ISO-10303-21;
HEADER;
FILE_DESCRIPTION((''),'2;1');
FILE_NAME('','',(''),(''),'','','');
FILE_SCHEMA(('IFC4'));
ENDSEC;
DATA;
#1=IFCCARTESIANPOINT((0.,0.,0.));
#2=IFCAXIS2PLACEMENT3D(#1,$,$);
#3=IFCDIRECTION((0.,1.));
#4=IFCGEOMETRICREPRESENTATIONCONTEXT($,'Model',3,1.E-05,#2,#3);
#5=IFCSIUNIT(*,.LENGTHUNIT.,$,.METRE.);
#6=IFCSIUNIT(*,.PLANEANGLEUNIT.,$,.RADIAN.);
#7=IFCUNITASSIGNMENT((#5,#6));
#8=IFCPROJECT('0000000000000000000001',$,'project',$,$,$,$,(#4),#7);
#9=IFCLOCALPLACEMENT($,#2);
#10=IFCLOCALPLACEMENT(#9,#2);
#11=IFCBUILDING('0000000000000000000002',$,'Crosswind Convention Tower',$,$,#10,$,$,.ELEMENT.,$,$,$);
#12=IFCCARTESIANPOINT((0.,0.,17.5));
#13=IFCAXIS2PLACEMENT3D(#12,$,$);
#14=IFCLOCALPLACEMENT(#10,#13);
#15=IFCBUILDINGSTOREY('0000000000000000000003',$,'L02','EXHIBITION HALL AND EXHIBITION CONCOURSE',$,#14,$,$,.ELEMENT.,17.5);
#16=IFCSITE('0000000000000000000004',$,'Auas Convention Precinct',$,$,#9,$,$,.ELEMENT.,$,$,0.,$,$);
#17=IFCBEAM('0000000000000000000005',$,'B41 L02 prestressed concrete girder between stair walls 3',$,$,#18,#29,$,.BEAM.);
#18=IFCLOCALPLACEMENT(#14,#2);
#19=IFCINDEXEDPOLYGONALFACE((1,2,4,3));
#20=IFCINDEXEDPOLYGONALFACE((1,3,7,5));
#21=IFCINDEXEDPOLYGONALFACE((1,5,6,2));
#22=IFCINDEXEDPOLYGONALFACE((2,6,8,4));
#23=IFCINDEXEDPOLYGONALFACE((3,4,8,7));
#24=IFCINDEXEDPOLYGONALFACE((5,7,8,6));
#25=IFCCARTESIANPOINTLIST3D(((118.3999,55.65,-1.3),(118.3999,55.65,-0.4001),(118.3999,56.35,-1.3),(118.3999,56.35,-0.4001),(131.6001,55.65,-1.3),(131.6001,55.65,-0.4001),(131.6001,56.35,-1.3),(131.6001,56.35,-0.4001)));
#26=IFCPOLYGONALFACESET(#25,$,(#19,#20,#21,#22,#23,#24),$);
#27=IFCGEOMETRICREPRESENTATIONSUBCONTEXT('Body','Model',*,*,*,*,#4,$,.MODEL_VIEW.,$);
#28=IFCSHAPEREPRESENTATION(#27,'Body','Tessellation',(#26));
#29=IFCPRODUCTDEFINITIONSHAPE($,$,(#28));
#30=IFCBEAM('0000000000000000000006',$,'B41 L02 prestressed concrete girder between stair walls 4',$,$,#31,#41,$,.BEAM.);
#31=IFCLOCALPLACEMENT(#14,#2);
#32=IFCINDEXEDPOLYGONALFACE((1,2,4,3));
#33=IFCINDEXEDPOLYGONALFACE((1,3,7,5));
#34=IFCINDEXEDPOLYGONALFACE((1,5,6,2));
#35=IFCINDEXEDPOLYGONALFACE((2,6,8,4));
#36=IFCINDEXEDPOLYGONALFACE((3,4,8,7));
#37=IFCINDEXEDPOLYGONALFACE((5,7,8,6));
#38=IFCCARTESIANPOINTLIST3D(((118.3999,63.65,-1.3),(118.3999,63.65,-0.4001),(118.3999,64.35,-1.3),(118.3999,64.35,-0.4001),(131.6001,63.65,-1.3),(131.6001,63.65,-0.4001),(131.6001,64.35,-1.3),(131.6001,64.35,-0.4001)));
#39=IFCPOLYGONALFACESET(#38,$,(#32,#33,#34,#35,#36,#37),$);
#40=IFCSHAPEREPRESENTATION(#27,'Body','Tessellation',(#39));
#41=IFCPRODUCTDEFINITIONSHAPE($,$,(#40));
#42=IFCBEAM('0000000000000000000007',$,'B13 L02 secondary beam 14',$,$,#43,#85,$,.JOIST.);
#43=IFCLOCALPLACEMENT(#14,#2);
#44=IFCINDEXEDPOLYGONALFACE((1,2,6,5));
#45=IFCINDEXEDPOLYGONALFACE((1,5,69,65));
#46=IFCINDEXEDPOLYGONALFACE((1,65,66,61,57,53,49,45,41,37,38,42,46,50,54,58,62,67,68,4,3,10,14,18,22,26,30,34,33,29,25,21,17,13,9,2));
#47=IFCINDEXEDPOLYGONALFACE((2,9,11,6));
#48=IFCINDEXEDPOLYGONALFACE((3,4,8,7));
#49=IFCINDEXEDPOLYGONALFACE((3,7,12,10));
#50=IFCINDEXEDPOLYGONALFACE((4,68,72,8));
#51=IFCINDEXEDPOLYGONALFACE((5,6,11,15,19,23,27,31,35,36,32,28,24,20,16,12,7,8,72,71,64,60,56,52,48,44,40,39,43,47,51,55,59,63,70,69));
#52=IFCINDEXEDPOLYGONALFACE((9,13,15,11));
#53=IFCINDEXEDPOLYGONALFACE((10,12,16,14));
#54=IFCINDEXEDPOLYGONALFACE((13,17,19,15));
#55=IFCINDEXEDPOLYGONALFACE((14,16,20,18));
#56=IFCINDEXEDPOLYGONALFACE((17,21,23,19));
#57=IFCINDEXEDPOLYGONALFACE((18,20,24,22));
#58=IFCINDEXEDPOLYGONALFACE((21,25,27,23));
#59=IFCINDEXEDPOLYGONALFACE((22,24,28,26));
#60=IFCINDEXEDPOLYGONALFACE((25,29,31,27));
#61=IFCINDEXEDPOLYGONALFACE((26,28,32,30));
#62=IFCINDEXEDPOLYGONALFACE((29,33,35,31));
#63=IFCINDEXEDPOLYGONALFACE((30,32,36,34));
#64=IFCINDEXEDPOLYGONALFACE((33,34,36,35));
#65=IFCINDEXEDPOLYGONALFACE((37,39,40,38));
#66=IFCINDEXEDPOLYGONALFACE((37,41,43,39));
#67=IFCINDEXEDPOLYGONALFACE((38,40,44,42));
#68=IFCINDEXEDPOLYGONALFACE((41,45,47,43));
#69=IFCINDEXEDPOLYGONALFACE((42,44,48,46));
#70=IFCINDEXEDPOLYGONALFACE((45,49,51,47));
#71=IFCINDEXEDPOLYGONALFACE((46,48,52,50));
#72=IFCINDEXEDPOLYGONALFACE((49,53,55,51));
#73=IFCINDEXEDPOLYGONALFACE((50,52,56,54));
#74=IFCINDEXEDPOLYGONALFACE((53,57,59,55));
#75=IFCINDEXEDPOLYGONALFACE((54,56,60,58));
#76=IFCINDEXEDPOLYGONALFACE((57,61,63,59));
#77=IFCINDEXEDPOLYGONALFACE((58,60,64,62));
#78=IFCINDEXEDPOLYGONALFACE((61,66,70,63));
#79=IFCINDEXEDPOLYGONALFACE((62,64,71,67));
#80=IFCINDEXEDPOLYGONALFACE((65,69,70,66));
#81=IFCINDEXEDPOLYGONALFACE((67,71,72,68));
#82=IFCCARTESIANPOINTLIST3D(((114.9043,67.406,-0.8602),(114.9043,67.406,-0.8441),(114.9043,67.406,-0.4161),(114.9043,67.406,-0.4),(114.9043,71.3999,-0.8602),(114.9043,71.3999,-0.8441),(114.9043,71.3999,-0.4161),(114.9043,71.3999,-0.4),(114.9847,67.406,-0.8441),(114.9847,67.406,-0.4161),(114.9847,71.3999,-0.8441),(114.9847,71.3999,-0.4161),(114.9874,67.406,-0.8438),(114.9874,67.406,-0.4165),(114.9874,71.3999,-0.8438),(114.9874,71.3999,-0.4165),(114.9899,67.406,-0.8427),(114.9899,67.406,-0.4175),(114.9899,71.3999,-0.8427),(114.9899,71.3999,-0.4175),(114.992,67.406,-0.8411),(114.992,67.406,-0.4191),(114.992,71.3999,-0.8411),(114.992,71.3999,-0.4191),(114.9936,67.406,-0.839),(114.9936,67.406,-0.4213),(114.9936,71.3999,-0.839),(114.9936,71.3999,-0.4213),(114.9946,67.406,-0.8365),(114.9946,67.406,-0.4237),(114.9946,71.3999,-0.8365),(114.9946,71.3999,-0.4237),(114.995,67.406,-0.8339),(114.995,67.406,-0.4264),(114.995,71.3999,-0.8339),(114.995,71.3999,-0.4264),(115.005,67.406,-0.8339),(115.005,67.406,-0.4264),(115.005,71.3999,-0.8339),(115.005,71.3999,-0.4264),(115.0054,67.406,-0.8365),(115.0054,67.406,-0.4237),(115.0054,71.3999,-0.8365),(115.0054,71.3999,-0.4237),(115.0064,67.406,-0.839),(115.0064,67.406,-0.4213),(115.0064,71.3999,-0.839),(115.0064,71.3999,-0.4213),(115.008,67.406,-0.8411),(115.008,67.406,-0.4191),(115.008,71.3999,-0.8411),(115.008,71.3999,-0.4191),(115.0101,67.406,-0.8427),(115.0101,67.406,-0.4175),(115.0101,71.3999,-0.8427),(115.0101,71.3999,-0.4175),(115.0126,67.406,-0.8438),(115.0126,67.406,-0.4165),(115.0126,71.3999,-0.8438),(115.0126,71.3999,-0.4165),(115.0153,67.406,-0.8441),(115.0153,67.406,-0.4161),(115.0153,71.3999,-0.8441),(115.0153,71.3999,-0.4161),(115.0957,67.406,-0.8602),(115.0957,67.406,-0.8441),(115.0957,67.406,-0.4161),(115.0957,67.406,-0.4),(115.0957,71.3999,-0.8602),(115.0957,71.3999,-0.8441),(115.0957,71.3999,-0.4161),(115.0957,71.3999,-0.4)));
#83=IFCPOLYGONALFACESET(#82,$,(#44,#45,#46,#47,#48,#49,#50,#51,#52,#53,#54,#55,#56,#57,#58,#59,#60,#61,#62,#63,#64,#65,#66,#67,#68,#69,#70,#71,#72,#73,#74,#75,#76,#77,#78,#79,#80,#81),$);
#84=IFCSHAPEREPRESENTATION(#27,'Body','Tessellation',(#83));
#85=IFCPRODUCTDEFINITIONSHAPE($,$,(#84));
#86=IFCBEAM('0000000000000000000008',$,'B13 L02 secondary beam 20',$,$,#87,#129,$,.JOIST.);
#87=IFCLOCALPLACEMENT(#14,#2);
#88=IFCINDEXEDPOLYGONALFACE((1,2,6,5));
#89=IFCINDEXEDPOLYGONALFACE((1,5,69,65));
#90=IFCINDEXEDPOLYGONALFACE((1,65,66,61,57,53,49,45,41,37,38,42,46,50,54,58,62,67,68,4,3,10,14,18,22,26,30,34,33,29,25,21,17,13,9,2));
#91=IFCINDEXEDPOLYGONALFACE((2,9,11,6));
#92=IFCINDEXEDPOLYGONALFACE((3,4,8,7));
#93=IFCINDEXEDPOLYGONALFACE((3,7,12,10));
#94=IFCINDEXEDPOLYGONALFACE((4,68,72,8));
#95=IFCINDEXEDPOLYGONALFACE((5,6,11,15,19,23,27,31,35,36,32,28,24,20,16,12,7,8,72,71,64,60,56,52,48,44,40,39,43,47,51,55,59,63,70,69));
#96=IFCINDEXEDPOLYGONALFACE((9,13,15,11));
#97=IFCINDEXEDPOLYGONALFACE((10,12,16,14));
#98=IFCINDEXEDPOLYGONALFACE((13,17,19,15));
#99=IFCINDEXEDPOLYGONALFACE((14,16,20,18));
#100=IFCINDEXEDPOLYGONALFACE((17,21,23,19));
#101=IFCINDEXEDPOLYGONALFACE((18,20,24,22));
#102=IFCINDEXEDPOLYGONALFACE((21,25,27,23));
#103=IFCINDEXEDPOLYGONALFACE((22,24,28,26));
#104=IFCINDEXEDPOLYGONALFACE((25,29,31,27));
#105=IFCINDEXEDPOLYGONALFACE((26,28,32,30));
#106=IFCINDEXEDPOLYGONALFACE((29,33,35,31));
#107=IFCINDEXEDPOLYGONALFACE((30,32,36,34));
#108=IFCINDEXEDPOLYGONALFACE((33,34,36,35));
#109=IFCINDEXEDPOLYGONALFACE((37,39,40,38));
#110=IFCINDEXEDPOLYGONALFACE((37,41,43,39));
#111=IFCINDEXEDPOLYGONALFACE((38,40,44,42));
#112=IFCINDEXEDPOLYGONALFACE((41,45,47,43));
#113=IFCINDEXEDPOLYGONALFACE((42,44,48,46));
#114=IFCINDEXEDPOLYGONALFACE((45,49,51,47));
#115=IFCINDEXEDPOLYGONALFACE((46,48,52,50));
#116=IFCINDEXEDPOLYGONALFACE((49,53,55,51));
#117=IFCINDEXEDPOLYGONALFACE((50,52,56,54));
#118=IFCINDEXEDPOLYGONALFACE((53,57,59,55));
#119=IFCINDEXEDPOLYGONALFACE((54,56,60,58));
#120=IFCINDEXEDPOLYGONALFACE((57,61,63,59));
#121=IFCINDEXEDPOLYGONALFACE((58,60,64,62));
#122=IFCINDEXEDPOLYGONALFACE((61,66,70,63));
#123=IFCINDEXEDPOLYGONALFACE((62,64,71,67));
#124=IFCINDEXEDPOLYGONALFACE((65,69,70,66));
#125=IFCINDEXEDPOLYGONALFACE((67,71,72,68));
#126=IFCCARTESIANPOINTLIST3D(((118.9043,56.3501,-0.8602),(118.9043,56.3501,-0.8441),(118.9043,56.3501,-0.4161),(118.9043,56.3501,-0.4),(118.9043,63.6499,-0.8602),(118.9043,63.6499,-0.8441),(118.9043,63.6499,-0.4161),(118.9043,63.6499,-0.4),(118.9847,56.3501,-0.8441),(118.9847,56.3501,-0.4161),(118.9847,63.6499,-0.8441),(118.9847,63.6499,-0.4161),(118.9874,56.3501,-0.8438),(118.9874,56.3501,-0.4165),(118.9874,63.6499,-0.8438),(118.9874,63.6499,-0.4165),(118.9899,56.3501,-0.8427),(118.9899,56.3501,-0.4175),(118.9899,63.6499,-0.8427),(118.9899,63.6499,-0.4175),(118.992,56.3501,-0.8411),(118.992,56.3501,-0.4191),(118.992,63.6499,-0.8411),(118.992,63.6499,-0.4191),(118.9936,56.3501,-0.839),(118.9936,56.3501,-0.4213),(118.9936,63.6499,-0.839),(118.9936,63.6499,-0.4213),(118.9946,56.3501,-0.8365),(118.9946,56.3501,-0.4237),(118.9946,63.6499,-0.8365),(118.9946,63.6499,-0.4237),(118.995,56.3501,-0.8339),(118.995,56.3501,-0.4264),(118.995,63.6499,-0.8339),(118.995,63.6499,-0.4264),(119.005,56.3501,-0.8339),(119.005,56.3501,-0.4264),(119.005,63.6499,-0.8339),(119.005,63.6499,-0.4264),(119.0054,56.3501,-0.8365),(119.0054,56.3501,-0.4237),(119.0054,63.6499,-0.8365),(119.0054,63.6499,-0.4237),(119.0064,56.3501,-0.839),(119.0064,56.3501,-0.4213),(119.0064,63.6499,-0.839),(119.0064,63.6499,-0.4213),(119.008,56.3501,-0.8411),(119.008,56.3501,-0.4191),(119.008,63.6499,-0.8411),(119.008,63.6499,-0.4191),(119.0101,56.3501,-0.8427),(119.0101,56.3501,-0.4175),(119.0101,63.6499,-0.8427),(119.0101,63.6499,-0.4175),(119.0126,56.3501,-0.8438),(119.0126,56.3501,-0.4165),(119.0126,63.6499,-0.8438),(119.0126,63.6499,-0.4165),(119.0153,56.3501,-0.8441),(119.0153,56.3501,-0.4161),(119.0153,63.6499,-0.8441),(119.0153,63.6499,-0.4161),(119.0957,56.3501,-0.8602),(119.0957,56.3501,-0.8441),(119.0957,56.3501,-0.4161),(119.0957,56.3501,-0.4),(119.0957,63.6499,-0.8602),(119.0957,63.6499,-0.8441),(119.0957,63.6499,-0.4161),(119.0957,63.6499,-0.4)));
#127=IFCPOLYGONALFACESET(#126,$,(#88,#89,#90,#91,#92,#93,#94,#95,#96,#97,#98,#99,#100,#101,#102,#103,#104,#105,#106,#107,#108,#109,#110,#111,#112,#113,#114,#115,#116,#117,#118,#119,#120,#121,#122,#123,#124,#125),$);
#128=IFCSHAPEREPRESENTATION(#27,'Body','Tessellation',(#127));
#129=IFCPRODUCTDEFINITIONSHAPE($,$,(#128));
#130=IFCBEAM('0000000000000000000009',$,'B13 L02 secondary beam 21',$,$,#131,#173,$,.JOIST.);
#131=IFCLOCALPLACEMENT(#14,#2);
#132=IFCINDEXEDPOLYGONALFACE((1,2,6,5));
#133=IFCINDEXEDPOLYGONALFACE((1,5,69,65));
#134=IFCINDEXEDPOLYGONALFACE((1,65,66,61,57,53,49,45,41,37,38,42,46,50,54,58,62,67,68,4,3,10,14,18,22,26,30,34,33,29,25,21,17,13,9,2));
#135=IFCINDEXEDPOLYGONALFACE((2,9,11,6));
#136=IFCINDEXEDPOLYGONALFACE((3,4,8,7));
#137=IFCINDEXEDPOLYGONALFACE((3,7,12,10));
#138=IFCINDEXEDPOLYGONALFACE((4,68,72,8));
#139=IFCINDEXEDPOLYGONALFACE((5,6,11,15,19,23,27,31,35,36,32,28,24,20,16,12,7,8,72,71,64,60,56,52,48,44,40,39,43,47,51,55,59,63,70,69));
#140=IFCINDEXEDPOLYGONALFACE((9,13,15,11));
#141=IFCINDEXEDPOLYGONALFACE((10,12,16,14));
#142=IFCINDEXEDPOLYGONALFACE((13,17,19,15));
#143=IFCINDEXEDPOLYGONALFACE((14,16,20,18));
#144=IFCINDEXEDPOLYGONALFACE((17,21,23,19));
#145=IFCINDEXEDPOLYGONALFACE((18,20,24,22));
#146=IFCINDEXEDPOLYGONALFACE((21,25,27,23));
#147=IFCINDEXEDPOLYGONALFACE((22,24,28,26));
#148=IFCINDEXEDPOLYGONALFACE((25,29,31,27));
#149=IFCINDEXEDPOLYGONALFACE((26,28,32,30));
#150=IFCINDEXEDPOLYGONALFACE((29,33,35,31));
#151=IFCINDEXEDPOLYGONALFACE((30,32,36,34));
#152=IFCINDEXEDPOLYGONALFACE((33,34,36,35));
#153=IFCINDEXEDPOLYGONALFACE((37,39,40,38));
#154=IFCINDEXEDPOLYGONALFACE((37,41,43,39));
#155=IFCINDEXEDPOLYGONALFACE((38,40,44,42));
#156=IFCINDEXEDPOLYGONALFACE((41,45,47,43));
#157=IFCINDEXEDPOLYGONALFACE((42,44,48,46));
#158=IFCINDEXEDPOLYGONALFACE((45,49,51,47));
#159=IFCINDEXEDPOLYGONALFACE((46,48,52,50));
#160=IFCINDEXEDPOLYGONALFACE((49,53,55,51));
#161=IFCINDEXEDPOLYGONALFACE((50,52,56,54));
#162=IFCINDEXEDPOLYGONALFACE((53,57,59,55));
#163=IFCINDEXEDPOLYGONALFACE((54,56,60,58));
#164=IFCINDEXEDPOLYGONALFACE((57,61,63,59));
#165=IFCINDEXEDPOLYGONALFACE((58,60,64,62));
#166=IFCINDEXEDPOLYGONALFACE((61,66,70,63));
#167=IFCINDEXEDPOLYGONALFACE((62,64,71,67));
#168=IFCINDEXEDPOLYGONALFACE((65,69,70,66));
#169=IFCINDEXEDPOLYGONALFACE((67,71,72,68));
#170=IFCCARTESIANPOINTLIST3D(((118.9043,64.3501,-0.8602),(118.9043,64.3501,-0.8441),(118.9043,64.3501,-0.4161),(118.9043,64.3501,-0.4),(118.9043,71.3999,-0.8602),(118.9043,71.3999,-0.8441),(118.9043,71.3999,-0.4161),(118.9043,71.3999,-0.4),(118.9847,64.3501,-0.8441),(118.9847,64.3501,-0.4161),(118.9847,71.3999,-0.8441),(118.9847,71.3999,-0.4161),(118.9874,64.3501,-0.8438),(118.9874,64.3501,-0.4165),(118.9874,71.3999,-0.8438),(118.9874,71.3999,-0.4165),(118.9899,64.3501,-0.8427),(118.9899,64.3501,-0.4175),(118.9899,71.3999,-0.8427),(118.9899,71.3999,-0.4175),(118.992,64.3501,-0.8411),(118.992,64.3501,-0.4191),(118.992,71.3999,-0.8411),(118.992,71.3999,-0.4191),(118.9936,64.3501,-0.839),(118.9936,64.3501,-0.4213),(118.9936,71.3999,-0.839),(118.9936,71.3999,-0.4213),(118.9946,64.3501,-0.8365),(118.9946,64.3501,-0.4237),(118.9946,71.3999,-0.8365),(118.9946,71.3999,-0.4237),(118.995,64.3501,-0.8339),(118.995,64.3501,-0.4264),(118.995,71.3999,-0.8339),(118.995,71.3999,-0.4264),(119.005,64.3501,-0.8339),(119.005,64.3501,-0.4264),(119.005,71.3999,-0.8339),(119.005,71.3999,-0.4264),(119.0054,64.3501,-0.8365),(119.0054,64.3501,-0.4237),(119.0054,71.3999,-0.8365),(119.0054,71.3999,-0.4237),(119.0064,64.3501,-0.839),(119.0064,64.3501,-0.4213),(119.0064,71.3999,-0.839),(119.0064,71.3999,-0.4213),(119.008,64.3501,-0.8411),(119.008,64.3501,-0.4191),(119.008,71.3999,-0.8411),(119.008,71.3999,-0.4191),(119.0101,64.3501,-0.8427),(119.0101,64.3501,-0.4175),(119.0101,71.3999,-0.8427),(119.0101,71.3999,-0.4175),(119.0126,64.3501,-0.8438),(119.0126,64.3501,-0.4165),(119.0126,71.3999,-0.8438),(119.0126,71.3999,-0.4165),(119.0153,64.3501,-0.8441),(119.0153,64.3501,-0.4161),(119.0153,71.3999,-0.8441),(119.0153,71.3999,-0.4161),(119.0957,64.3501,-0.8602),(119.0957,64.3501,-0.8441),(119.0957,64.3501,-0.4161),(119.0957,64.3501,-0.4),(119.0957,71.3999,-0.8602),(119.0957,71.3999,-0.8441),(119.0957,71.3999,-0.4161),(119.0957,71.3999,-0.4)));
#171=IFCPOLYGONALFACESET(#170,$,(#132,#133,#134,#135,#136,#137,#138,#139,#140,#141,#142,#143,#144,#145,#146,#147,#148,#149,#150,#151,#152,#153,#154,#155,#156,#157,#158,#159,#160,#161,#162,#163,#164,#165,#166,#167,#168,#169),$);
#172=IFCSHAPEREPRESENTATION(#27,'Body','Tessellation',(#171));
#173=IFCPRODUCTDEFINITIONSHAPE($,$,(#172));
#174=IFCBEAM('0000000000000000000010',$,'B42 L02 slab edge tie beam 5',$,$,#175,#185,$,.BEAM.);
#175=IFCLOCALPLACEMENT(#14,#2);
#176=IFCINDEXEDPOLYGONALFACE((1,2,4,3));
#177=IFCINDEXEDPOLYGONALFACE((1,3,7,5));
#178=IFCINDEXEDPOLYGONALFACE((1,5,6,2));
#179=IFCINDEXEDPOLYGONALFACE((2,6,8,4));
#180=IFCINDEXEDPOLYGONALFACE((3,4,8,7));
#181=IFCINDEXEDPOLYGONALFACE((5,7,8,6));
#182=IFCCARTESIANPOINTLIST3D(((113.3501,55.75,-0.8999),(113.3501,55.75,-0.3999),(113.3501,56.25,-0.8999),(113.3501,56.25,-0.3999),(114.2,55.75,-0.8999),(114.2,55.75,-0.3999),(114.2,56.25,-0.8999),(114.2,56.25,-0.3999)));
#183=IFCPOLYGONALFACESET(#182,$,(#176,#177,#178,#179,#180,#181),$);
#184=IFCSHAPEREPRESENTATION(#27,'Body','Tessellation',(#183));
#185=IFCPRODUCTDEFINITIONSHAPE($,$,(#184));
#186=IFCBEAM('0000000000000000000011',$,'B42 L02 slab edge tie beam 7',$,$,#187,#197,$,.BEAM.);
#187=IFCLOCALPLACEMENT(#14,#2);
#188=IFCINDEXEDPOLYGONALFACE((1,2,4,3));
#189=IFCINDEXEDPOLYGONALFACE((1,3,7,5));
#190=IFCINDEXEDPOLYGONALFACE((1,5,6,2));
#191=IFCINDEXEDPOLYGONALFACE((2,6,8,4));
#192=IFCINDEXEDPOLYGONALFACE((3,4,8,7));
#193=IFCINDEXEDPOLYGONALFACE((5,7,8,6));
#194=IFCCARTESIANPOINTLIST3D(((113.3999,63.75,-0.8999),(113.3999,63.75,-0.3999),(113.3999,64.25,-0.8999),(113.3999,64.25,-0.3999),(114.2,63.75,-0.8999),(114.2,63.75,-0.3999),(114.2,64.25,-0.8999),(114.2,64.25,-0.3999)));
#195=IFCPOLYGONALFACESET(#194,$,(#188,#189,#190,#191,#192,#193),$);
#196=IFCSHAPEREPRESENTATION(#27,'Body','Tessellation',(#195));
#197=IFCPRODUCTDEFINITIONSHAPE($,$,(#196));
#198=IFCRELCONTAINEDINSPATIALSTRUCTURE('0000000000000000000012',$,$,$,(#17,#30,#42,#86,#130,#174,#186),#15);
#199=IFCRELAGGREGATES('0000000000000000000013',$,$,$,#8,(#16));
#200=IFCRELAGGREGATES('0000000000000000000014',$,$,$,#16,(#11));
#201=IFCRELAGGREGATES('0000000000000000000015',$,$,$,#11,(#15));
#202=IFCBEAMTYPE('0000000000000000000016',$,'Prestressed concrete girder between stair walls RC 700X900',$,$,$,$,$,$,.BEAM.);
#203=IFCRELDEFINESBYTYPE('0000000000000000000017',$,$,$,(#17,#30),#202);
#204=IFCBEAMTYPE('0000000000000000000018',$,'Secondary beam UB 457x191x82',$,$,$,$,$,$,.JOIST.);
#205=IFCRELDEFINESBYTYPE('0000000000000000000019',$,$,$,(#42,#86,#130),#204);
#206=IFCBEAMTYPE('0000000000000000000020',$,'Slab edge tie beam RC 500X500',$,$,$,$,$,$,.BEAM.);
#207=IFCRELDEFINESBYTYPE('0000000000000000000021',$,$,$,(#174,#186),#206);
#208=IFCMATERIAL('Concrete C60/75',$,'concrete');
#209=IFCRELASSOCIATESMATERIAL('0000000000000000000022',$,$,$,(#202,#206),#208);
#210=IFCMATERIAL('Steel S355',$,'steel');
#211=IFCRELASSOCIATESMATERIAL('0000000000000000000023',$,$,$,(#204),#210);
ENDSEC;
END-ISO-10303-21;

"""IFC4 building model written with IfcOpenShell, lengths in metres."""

from ifc_helpers import new_model, si_unit, direction, frame, origin, origin_2d, place, context, subcontext, project, spatial, rectangle, i_section, extrude, material, material_profile, profile_set, type_object, element, save


model = new_model("IFC4")

# Units and contexts
model_context = context("Model", 3, precision=1e-05, world=origin(), true_north=direction((0.0, 1.0)))
body_context = subcontext(model_context, "Body", "Model", "MODEL_VIEW")
ifc_project = project(units=[si_unit("LENGTHUNIT", "METRE"), si_unit("PLANEANGLEUNIT", "RADIAN")], contexts=[model_context])

# Site, building, storey
site_placement = place(None, origin())
site = spatial("IfcSite", under=ifc_project, at=site_placement, Name="Auas Convention Precinct", CompositionType="ELEMENT", RefElevation=0.0)
building_placement = place(site_placement, origin())
building = spatial("IfcBuilding", under=site, at=building_placement, Name="Crosswind Convention Tower", CompositionType="ELEMENT")
storey_placement = place(building_placement, frame((0.0, 0.0, 17.5)))
storey = spatial("IfcBuildingStorey", under=building, at=storey_placement, Name="L02", Description="EXHIBITION HALL AND EXHIBITION CONCOURSE", CompositionType="ELEMENT", Elevation=17.5)

# Shared definitions
ifc_material_1 = material(Name="Concrete C60/75", Category="concrete")

# Shared definitions
ifc_material_2 = material(Name="Steel S355", Category="steel")

# Beams
ifc_material_profile_1 = material_profile(ifc_material_1, rectangle(XDim=0.7, YDim=0.8999, at=origin_2d()), Name="RC 700X900")
ifc_profile_set_1 = profile_set([ifc_material_profile_1], Name="Concrete C60/75")
beam_type_1 = type_object("IfcBeamType", Name="Prestressed concrete girder between stair walls RC 700X900", PredefinedType="BEAM", material=ifc_profile_set_1)
for number, where, z_axis, x_axis, name in (
    (1, (118.3999, 56.0, -0.8501), (1.0, 0.0, 0.0), (0.0, 1.0, 0.0), "B41 L02 prestressed concrete girder between stair walls 3"),
    (2, (118.3999, 64.0, -0.8501), (1.0, 0.0, 0.0), (0.0, 1.0, 0.0), "B41 L02 prestressed concrete girder between stair walls 4"),
):
    element("IfcBeam", number, at=place(storey_placement, frame(where, z_axis=z_axis, x_axis=x_axis)), inside=storey, type_object=beam_type_1, Name=name, PredefinedType="BEAM", context=body_context, shape_type="SweptSolid", body=[
        extrude(rectangle(XDim=0.7, YDim=0.8999, at=origin_2d()), origin(), (0.0, 0.0, 1.0), 13.2002),
    ])
ifc_material_profile_2 = material_profile(ifc_material_2, i_section(OverallWidth=0.1914, OverallDepth=0.4602, WebThickness=0.01, FlangeThickness=0.0161, FilletRadius=0.0103, at=origin_2d()), Name="UB 457x191x82")
ifc_profile_set_2 = profile_set([ifc_material_profile_2], Name="Steel S355")
beam_type_2 = type_object("IfcBeamType", Name="Secondary beam UB 457x191x82", PredefinedType="JOIST", material=ifc_profile_set_2)
beam_1_placement = place(storey_placement, frame((115.0, 67.406, -0.6301), z_axis=(0.0, 1.0, 0.0), x_axis=(-1.0, 0.0, 0.0)))
element("IfcBeam", 3, at=beam_1_placement, inside=storey, type_object=beam_type_2, Name="B13 L02 secondary beam 14", PredefinedType="JOIST", context=body_context, shape_type="SweptSolid", body=[
    extrude(i_section(OverallWidth=0.1914, OverallDepth=0.4602, WebThickness=0.01, FlangeThickness=0.0161, FilletRadius=0.0103, at=origin_2d()), origin(), (0.0, 0.0, 1.0), 3.9939),
])
beam_2_placement = place(storey_placement, frame((119.0, 56.3501, -0.6301), z_axis=(0.0, 1.0, 0.0), x_axis=(-1.0, 0.0, 0.0)))
element("IfcBeam", 4, at=beam_2_placement, inside=storey, type_object=beam_type_2, Name="B13 L02 secondary beam 20", PredefinedType="JOIST", context=body_context, shape_type="SweptSolid", body=[
    extrude(i_section(OverallWidth=0.1914, OverallDepth=0.4602, WebThickness=0.01, FlangeThickness=0.0161, FilletRadius=0.0103, at=origin_2d()), origin(), (0.0, 0.0, 1.0), 7.2998),
])
beam_3_placement = place(storey_placement, frame((119.0, 64.3501, -0.6301), z_axis=(0.0, 1.0, 0.0), x_axis=(-1.0, 0.0, 0.0)))
element("IfcBeam", 5, at=beam_3_placement, inside=storey, type_object=beam_type_2, Name="B13 L02 secondary beam 21", PredefinedType="JOIST", context=body_context, shape_type="SweptSolid", body=[
    extrude(i_section(OverallWidth=0.1914, OverallDepth=0.4602, WebThickness=0.01, FlangeThickness=0.0161, FilletRadius=0.0103, at=origin_2d()), origin(), (0.0, 0.0, 1.0), 7.0498),
])
ifc_material_profile_3 = material_profile(ifc_material_1, rectangle(XDim=0.5, YDim=0.5, at=origin_2d()), Name="RC 500X500")
ifc_profile_set_3 = profile_set([ifc_material_profile_3], Name="Concrete C60/75")
beam_type_3 = type_object("IfcBeamType", Name="Slab edge tie beam RC 500X500", PredefinedType="BEAM", material=ifc_profile_set_3)
beam_4_placement = place(storey_placement, frame((113.3501, 56.0, -0.6499), z_axis=(1.0, 0.0, 0.0), x_axis=(0.0, 1.0, 0.0)))
element("IfcBeam", 6, at=beam_4_placement, inside=storey, type_object=beam_type_3, Name="B42 L02 slab edge tie beam 5", PredefinedType="BEAM", context=body_context, shape_type="SweptSolid", body=[
    extrude(rectangle(XDim=0.5, YDim=0.5, at=origin_2d()), origin(), (0.0, 0.0, 1.0), 0.8499),
])
beam_5_placement = place(storey_placement, frame((113.3999, 64.0, -0.6499), z_axis=(1.0, 0.0, 0.0), x_axis=(0.0, 1.0, 0.0)))
element("IfcBeam", 7, at=beam_5_placement, inside=storey, type_object=beam_type_3, Name="B42 L02 slab edge tie beam 7", PredefinedType="BEAM", context=body_context, shape_type="SweptSolid", body=[
    extrude(rectangle(XDim=0.5, YDim=0.5, at=origin_2d()), origin(), (0.0, 0.0, 1.0), 0.8),
])

save(model, "model.ifc")
